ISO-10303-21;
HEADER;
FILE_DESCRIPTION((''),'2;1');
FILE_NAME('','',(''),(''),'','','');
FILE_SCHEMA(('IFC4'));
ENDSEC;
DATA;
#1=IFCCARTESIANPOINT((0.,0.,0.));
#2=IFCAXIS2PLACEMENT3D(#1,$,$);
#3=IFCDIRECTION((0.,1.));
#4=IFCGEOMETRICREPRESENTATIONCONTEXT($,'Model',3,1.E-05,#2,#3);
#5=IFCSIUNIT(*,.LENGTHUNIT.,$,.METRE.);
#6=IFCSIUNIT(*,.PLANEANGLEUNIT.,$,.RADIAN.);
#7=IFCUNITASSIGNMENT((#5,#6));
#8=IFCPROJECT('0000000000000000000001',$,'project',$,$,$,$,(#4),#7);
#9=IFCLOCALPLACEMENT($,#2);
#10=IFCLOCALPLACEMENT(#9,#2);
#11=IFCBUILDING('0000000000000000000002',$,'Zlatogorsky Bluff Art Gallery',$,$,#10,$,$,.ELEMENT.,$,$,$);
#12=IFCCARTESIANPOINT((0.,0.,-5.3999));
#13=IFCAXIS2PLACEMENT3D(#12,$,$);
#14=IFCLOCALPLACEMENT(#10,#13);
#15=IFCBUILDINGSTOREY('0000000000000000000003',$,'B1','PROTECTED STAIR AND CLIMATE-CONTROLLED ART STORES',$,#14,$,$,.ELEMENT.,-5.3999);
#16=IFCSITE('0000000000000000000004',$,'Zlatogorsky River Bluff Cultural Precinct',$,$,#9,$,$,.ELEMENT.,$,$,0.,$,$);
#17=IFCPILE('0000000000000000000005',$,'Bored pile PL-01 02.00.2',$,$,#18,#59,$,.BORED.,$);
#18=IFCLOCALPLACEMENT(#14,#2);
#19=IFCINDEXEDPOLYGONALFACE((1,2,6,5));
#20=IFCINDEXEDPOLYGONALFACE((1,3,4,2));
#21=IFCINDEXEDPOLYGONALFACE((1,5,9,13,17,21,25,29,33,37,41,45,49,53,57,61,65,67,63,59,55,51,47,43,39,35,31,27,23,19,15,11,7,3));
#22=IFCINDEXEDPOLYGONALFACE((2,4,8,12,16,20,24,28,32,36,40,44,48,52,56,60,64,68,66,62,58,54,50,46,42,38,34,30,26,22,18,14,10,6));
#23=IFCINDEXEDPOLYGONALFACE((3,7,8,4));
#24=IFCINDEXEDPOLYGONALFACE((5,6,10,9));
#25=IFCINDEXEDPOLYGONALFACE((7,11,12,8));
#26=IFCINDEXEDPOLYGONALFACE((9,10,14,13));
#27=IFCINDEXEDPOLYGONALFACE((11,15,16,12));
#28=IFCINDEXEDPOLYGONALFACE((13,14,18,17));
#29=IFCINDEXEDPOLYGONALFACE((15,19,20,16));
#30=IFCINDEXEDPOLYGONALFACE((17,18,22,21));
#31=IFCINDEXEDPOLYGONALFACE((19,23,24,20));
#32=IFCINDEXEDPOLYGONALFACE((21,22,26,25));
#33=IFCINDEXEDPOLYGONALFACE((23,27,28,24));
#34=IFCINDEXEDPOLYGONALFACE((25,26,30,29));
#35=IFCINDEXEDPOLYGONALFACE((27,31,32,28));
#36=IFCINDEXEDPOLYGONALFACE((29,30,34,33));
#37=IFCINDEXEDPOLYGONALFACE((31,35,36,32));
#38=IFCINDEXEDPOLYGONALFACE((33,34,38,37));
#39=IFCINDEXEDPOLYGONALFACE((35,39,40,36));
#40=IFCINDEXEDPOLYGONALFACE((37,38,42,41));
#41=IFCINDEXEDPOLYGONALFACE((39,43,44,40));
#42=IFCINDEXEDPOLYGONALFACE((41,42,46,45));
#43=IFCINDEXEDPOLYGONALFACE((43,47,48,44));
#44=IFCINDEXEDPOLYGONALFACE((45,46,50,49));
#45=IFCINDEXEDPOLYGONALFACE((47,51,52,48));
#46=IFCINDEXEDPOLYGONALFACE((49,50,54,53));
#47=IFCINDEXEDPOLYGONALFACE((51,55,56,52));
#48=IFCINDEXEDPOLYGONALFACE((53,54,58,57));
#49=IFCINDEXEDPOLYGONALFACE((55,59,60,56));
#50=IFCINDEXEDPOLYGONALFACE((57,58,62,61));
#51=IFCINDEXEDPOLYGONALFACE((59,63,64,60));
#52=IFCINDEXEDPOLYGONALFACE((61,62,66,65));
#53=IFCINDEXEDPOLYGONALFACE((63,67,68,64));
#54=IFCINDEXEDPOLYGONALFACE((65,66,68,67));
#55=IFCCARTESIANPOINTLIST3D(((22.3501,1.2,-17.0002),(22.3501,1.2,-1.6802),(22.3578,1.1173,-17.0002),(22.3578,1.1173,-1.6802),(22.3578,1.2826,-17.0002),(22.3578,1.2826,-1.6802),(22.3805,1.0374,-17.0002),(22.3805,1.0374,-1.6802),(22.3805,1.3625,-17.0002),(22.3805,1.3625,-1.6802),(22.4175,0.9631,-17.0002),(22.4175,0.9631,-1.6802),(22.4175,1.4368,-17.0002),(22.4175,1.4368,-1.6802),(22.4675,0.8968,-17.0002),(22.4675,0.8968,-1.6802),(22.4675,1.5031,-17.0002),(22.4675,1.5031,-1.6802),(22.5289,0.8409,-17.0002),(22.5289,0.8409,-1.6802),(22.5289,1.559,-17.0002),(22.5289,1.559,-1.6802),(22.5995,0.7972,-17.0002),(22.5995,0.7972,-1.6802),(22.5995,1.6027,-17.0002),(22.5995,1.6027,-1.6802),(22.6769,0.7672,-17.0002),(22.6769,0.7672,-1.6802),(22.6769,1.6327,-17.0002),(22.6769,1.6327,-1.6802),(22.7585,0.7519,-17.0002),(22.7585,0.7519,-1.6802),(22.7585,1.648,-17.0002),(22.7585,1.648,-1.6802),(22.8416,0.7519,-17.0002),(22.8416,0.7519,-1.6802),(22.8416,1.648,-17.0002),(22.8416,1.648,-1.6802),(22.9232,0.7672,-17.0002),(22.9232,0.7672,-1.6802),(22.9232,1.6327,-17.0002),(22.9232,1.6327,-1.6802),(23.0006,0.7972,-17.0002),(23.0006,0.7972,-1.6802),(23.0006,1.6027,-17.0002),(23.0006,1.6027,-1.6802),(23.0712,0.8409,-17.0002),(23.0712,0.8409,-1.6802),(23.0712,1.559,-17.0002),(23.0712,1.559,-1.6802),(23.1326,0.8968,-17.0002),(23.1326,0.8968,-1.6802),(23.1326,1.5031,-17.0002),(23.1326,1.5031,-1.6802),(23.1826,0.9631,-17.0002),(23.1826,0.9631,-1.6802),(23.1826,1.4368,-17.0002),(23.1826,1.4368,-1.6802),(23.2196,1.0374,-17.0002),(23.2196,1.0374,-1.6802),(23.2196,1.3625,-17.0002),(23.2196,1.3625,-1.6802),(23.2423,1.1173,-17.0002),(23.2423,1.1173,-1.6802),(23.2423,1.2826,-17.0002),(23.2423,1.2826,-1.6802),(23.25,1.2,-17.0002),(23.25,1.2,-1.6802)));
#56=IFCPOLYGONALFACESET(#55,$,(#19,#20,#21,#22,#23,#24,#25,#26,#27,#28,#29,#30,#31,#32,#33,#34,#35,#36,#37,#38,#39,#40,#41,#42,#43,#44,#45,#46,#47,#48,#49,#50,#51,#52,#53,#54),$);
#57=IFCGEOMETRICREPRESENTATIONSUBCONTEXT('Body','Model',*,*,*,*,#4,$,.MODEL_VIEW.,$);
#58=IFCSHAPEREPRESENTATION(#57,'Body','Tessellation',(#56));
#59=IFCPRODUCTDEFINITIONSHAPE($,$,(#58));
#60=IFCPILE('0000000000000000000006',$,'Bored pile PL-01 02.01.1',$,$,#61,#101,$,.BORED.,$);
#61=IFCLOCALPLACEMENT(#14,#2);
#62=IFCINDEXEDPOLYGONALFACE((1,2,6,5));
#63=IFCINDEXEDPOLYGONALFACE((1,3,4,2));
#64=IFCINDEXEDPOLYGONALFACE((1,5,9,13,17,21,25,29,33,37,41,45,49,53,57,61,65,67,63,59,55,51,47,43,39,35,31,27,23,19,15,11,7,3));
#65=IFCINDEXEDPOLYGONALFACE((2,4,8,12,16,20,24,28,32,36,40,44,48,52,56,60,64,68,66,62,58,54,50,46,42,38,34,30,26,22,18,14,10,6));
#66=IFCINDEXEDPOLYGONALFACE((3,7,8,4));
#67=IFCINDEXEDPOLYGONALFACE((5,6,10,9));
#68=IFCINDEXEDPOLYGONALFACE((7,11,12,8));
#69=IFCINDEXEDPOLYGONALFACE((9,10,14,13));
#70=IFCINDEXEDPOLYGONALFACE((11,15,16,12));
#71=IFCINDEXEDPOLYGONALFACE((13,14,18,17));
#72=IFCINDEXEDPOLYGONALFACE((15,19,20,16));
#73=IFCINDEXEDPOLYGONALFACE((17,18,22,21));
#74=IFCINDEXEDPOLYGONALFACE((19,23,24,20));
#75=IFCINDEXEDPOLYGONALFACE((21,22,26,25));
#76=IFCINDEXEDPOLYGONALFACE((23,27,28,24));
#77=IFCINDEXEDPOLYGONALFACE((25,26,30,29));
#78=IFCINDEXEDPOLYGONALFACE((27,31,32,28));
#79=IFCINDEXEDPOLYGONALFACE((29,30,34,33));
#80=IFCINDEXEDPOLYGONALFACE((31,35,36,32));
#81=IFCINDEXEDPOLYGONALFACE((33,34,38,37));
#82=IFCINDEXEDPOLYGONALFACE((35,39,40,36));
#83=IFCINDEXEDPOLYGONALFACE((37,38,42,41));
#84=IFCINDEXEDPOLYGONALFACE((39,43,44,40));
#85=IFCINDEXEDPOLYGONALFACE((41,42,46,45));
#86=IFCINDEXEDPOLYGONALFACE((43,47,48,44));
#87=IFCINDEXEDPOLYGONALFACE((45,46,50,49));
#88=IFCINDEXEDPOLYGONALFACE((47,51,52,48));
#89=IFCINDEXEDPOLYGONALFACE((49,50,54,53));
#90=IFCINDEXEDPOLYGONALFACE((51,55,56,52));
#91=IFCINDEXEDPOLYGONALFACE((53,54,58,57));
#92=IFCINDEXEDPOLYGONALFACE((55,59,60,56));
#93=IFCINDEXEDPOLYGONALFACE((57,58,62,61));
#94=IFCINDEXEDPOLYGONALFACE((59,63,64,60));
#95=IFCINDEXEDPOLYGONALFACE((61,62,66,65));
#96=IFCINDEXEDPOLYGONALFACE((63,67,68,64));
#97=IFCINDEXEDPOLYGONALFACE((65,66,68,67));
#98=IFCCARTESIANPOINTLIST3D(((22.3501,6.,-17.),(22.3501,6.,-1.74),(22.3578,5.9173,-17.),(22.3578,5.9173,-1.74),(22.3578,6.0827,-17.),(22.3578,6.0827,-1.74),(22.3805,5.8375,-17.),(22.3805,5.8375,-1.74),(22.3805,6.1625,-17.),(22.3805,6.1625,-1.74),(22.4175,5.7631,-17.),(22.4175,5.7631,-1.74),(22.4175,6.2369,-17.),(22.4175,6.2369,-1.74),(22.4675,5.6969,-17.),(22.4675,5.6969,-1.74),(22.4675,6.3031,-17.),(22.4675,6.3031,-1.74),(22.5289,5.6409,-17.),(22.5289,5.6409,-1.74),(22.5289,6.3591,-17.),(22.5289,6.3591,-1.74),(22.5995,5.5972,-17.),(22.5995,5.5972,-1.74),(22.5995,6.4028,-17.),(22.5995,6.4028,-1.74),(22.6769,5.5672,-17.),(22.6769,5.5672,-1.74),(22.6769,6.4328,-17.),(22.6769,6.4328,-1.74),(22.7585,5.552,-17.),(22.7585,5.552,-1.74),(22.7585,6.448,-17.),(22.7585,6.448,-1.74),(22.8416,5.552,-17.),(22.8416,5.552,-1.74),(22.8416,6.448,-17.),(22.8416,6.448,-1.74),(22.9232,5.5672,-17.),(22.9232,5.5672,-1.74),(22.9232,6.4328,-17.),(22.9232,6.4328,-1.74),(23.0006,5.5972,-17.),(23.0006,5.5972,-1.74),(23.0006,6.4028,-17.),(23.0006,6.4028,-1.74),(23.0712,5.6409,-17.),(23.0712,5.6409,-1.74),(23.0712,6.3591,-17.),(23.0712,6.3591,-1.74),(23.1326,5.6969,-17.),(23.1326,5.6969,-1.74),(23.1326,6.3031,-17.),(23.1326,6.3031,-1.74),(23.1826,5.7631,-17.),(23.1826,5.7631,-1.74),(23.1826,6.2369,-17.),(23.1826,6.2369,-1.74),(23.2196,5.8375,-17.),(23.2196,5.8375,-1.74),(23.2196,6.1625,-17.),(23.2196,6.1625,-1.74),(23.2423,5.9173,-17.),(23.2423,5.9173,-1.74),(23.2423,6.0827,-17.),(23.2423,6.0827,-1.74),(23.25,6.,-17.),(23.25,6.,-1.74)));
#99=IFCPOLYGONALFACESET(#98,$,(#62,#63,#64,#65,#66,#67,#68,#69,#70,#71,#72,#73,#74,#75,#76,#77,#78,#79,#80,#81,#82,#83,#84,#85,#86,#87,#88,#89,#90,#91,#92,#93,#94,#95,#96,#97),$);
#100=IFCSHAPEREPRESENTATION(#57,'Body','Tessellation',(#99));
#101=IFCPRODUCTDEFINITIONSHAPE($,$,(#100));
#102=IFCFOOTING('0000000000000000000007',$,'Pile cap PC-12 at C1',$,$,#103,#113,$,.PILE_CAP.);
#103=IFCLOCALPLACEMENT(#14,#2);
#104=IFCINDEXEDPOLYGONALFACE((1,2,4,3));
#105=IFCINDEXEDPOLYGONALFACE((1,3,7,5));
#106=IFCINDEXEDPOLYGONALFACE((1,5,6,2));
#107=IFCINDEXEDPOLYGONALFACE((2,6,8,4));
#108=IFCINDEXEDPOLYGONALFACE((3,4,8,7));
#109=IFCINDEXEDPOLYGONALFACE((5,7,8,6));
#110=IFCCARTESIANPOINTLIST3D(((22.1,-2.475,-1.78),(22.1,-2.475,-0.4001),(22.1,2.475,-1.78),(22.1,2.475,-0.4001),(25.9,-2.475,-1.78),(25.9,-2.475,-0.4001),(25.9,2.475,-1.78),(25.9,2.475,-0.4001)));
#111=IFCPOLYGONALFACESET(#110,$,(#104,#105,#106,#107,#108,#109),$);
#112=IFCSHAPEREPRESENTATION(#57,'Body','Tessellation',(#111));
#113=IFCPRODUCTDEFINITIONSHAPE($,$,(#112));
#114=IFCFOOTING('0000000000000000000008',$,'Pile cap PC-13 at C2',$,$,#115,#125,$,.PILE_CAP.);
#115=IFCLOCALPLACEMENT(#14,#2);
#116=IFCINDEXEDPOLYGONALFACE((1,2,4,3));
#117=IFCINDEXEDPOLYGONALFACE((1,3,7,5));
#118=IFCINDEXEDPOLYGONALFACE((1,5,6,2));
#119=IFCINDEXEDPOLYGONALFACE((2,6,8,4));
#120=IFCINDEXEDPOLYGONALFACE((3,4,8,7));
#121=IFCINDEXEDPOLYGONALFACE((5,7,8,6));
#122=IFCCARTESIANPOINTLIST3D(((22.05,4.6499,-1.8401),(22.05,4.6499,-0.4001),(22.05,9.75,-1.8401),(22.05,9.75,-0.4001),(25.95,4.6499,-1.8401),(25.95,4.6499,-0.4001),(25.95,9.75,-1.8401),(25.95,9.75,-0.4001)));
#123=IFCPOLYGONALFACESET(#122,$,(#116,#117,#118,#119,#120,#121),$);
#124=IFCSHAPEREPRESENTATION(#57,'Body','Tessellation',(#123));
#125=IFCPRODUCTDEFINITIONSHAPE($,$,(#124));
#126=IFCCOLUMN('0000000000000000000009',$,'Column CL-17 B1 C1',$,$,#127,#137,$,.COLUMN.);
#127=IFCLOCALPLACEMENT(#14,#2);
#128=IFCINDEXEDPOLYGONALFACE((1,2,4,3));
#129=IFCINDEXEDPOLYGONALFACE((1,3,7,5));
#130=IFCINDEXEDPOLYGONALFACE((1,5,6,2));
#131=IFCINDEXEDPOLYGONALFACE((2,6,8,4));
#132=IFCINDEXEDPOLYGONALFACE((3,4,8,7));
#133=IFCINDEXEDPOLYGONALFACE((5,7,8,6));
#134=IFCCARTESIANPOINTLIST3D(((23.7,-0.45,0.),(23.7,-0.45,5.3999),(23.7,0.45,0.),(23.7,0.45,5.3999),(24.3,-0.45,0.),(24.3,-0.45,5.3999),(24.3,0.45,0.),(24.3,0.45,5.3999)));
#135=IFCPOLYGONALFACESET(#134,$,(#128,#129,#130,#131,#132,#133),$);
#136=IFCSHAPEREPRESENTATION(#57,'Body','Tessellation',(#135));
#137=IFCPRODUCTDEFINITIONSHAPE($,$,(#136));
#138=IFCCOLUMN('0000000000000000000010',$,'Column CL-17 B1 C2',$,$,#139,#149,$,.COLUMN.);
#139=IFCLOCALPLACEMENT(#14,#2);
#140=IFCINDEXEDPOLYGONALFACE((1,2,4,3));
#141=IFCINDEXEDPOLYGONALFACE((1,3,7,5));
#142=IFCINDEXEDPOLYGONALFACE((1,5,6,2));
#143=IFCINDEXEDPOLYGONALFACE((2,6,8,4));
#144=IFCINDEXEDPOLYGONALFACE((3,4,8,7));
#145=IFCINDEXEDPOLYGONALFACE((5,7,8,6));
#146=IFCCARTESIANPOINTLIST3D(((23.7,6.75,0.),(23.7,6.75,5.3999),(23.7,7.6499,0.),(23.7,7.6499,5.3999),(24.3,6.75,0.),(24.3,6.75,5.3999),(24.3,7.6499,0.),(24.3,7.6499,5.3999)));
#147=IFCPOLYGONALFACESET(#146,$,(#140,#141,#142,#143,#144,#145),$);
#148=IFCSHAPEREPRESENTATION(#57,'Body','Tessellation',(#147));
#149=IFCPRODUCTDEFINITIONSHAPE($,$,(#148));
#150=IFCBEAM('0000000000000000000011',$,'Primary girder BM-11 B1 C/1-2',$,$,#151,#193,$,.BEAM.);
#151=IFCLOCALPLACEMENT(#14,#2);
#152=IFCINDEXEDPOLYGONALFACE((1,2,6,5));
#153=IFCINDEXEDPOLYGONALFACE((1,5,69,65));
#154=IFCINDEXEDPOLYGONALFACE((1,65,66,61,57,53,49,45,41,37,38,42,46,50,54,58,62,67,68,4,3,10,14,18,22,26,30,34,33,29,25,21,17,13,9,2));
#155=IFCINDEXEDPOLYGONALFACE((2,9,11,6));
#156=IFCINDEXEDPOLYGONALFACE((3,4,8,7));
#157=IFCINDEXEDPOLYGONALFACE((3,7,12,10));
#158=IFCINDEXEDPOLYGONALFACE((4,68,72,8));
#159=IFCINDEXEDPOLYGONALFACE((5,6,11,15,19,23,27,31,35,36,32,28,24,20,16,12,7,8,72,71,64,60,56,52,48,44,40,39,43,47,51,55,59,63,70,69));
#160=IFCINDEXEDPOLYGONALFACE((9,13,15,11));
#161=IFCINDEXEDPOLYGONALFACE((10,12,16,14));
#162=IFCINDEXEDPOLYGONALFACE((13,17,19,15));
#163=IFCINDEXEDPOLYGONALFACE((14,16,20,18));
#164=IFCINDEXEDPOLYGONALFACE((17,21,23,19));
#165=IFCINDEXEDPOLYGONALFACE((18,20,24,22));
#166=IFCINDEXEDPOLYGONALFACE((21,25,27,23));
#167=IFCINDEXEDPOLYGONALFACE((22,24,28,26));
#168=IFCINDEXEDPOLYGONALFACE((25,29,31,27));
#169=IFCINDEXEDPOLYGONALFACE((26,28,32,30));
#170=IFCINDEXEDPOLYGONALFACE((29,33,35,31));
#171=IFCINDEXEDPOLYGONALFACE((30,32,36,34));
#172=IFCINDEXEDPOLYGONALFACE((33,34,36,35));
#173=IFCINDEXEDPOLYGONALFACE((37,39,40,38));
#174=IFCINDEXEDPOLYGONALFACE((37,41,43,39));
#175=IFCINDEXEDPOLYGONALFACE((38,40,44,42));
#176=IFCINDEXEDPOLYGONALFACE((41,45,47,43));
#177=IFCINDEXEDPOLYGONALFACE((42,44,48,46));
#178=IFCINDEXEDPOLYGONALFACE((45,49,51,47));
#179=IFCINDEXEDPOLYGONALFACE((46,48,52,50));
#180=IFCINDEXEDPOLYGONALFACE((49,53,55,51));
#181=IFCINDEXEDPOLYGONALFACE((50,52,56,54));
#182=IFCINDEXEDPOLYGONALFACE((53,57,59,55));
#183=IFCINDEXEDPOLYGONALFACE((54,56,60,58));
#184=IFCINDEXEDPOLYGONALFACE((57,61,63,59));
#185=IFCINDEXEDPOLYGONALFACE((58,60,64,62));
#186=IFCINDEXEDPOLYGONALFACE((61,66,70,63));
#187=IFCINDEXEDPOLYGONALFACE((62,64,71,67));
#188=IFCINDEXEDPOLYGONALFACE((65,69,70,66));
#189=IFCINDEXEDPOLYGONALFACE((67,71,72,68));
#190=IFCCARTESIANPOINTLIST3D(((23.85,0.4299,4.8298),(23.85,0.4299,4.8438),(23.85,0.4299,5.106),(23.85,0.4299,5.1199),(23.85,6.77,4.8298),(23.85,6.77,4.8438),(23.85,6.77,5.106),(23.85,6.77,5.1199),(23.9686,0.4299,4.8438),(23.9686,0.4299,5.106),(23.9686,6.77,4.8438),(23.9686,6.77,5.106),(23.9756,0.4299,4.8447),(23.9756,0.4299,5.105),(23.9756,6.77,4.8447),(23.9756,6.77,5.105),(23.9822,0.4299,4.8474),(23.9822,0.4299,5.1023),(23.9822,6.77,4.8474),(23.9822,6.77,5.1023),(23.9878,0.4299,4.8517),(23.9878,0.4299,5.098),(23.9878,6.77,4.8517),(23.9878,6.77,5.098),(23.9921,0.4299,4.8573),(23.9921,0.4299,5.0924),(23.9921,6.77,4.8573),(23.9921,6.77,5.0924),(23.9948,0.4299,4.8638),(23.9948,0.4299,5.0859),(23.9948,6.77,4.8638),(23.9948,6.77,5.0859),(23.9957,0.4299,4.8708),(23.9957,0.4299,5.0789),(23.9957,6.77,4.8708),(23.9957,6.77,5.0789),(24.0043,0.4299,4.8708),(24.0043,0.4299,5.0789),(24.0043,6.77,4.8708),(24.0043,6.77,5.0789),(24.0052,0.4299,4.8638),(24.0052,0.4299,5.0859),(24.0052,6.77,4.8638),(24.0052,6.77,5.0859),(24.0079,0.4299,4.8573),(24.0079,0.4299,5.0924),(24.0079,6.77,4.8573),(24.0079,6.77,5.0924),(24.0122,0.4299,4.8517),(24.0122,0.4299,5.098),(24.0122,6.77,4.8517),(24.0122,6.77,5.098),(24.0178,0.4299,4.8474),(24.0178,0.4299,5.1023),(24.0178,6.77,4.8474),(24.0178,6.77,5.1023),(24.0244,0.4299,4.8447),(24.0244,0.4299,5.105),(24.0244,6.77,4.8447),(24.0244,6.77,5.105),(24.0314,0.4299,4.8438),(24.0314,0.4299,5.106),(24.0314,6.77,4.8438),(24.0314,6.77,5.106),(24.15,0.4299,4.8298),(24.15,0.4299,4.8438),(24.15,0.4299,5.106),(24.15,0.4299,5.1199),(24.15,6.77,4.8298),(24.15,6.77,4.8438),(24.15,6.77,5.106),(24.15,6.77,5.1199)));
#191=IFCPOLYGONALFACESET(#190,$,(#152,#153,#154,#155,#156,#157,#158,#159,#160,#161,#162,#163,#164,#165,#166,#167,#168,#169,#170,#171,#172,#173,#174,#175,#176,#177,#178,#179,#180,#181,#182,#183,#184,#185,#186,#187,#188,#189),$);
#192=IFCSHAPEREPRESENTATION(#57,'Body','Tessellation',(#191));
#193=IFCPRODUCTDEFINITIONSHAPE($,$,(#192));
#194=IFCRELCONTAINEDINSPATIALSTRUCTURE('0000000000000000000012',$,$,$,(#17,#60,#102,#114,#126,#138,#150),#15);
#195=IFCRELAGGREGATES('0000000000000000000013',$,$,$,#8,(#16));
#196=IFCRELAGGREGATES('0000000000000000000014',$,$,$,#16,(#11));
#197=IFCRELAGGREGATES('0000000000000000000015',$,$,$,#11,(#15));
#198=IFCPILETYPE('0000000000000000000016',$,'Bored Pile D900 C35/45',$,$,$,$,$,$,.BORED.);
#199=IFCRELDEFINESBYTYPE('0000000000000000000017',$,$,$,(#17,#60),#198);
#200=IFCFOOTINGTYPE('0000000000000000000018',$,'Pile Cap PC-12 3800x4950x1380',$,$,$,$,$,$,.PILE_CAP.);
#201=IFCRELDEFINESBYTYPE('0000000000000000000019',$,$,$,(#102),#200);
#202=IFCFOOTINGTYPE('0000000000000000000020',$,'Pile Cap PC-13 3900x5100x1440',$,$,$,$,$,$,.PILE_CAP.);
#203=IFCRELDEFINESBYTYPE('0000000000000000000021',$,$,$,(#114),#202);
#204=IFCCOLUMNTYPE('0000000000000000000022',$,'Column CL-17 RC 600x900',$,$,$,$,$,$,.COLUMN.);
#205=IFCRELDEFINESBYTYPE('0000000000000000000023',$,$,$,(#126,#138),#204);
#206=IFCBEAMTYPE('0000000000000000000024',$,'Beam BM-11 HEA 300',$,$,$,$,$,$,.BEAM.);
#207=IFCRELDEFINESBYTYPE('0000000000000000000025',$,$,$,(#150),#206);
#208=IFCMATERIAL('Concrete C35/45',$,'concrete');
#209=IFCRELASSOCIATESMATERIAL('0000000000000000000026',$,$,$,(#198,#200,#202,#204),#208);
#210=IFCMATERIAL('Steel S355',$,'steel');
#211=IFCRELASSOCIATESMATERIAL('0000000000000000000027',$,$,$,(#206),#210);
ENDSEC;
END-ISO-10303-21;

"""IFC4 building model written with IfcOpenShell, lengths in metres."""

from ifc_helpers import new_model, si_unit, direction, frame, origin, origin_2d, place, context, subcontext, project, spatial, rectangle, circle, i_section, extrude, material, material_profile, profile_set, type_object, element, save


model = new_model("IFC4")

# Units and contexts
model_context = context("Model", 3, precision=1e-05, world=origin(), true_north=direction((0.0, 1.0)))
body_context = subcontext(model_context, "Body", "Model", "MODEL_VIEW")
ifc_project = project(units=[si_unit("LENGTHUNIT", "METRE"), si_unit("PLANEANGLEUNIT", "RADIAN")], contexts=[model_context])

# Site, building, storey
site_placement = place(None, origin())
site = spatial("IfcSite", under=ifc_project, at=site_placement, Name="Zlatogorsky River Bluff Cultural Precinct", CompositionType="ELEMENT", RefElevation=0.0)
building_placement = place(site_placement, origin())
building = spatial("IfcBuilding", under=site, at=building_placement, Name="Zlatogorsky Bluff Art Gallery", CompositionType="ELEMENT")
storey_placement = place(building_placement, frame((0.0, 0.0, -5.3999)))
storey = spatial("IfcBuildingStorey", under=building, at=storey_placement, Name="B1", Description="PROTECTED STAIR AND CLIMATE-CONTROLLED ART STORES", CompositionType="ELEMENT", Elevation=-5.3999)

# Piles
ifc_material_1 = material(Name="Concrete C35/45", Category="concrete")
ifc_material_profile_1 = material_profile(ifc_material_1, circle(Radius=0.45, at=origin_2d()), Name="BORED PILE D900")
ifc_profile_set_1 = profile_set([ifc_material_profile_1], Name="Concrete C35/45")
pile_type = type_object("IfcPileType", Name="Bored Pile D900 C35/45", PredefinedType="BORED", material=ifc_profile_set_1)
for number, where, z_axis, x_axis, name in (
    (1, (22.8, 1.2, -1.6802), (0.0, 0.0, -1.0), (1.0, 0.0, 0.0), "Bored pile PL-01 02.00.2"),
):
    element("IfcPile", number, at=place(storey_placement, frame(where, z_axis=z_axis, x_axis=x_axis)), inside=storey, type_object=pile_type, Name=name, PredefinedType="BORED", context=body_context, shape_type="SweptSolid", body=[
        extrude(circle(Radius=0.45, at=origin_2d()), origin(), (0.0, 0.0, 1.0), 15.3201),
    ])
pile_placement = place(storey_placement, frame((22.8, 6.0, -1.74), z_axis=(0.0, 0.0, -1.0), x_axis=(1.0, 0.0, 0.0)))
element("IfcPile", 2, at=pile_placement, inside=storey, type_object=pile_type, Name="Bored pile PL-01 02.01.1", PredefinedType="BORED", context=body_context, shape_type="SweptSolid", body=[
    extrude(circle(Radius=0.45, at=origin_2d()), origin(), (0.0, 0.0, 1.0), 15.26),
])

# Footings
footing_type_1 = type_object("IfcFootingType", Name="Pile Cap PC-12 3800x4950x1380", PredefinedType="PILE_CAP", material=ifc_material_1)
footing_1_placement = place(storey_placement, frame((24.0, 0.0, -1.78), z_axis=(0.0, 0.0, 1.0), x_axis=(1.0, 0.0, 0.0)))
element("IfcFooting", 3, at=footing_1_placement, inside=storey, type_object=footing_type_1, Name="Pile cap PC-12 at C1", PredefinedType="PILE_CAP", context=body_context, shape_type="SweptSolid", body=[
    extrude(rectangle(XDim=3.8, YDim=4.95, at=origin_2d()), origin(), (0.0, 0.0, 1.0), 1.3799),
])
footing_type_2 = type_object("IfcFootingType", Name="Pile Cap PC-13 3900x5100x1440", PredefinedType="PILE_CAP", material=ifc_material_1)
footing_2_placement = place(storey_placement, frame((24.0, 7.2, -1.8401), z_axis=(0.0, 0.0, 1.0), x_axis=(1.0, 0.0, 0.0)))
element("IfcFooting", 4, at=footing_2_placement, inside=storey, type_object=footing_type_2, Name="Pile cap PC-13 at C2", PredefinedType="PILE_CAP", context=body_context, shape_type="SweptSolid", body=[
    extrude(rectangle(XDim=3.8999, YDim=5.1001, at=origin_2d()), origin(), (0.0, 0.0, 1.0), 1.4399),
])

# Columns
ifc_material_profile_2 = material_profile(ifc_material_1, rectangle(XDim=0.6001, YDim=0.8999, at=origin_2d()), Name="RC 600x900")
ifc_profile_set_2 = profile_set([ifc_material_profile_2], Name="Concrete C35/45")
column_type = type_object("IfcColumnType", Name="Column CL-17 RC 600x900", PredefinedType="COLUMN", material=ifc_profile_set_2)
for number, where, z_axis, x_axis, name in (
    (5, (24.0, 0.0, 0.0), (0.0, 0.0, 1.0), (1.0, 0.0, 0.0), "Column CL-17 B1 C1"),
    (6, (24.0, 7.2, 0.0), (0.0, 0.0, 1.0), (1.0, 0.0, 0.0), "Column CL-17 B1 C2"),
):
    element("IfcColumn", number, at=place(storey_placement, frame(where, z_axis=z_axis, x_axis=x_axis)), inside=storey, type_object=column_type, Name=name, PredefinedType="COLUMN", context=body_context, shape_type="SweptSolid", body=[
        extrude(rectangle(XDim=0.6001, YDim=0.8999, at=origin_2d()), origin(), (0.0, 0.0, 1.0), 5.3999),
    ])

# Beam
ifc_material_2 = material(Name="Steel S355", Category="steel")
ifc_material_profile_3 = material_profile(ifc_material_2, i_section(OverallWidth=0.3, OverallDepth=0.29, WebThickness=0.0085, FlangeThickness=0.0139, FilletRadius=0.0271, at=origin_2d()), Name="HEA 300")
ifc_profile_set_3 = profile_set([ifc_material_profile_3], Name="Steel S355")
beam_type_1 = type_object("IfcBeamType", Name="Beam BM-11 HEA 300", PredefinedType="BEAM", material=ifc_profile_set_3)
beam_1_placement = place(storey_placement, frame((24.0, 0.4299, 4.9749), z_axis=(0.0, 1.0, 0.0), x_axis=(-1.0, 0.0, 0.0)))
element("IfcBeam", 7, at=beam_1_placement, inside=storey, type_object=beam_type_1, Name="Primary girder BM-11 B1 C/1-2", PredefinedType="BEAM", context=body_context, shape_type="SweptSolid", body=[
    extrude(i_section(OverallWidth=0.3, OverallDepth=0.29, WebThickness=0.0085, FlangeThickness=0.0139, FilletRadius=0.0271, at=origin_2d()), origin(), (0.0, 0.0, 1.0), 6.3401),
])

save(model, "model.ifc")
